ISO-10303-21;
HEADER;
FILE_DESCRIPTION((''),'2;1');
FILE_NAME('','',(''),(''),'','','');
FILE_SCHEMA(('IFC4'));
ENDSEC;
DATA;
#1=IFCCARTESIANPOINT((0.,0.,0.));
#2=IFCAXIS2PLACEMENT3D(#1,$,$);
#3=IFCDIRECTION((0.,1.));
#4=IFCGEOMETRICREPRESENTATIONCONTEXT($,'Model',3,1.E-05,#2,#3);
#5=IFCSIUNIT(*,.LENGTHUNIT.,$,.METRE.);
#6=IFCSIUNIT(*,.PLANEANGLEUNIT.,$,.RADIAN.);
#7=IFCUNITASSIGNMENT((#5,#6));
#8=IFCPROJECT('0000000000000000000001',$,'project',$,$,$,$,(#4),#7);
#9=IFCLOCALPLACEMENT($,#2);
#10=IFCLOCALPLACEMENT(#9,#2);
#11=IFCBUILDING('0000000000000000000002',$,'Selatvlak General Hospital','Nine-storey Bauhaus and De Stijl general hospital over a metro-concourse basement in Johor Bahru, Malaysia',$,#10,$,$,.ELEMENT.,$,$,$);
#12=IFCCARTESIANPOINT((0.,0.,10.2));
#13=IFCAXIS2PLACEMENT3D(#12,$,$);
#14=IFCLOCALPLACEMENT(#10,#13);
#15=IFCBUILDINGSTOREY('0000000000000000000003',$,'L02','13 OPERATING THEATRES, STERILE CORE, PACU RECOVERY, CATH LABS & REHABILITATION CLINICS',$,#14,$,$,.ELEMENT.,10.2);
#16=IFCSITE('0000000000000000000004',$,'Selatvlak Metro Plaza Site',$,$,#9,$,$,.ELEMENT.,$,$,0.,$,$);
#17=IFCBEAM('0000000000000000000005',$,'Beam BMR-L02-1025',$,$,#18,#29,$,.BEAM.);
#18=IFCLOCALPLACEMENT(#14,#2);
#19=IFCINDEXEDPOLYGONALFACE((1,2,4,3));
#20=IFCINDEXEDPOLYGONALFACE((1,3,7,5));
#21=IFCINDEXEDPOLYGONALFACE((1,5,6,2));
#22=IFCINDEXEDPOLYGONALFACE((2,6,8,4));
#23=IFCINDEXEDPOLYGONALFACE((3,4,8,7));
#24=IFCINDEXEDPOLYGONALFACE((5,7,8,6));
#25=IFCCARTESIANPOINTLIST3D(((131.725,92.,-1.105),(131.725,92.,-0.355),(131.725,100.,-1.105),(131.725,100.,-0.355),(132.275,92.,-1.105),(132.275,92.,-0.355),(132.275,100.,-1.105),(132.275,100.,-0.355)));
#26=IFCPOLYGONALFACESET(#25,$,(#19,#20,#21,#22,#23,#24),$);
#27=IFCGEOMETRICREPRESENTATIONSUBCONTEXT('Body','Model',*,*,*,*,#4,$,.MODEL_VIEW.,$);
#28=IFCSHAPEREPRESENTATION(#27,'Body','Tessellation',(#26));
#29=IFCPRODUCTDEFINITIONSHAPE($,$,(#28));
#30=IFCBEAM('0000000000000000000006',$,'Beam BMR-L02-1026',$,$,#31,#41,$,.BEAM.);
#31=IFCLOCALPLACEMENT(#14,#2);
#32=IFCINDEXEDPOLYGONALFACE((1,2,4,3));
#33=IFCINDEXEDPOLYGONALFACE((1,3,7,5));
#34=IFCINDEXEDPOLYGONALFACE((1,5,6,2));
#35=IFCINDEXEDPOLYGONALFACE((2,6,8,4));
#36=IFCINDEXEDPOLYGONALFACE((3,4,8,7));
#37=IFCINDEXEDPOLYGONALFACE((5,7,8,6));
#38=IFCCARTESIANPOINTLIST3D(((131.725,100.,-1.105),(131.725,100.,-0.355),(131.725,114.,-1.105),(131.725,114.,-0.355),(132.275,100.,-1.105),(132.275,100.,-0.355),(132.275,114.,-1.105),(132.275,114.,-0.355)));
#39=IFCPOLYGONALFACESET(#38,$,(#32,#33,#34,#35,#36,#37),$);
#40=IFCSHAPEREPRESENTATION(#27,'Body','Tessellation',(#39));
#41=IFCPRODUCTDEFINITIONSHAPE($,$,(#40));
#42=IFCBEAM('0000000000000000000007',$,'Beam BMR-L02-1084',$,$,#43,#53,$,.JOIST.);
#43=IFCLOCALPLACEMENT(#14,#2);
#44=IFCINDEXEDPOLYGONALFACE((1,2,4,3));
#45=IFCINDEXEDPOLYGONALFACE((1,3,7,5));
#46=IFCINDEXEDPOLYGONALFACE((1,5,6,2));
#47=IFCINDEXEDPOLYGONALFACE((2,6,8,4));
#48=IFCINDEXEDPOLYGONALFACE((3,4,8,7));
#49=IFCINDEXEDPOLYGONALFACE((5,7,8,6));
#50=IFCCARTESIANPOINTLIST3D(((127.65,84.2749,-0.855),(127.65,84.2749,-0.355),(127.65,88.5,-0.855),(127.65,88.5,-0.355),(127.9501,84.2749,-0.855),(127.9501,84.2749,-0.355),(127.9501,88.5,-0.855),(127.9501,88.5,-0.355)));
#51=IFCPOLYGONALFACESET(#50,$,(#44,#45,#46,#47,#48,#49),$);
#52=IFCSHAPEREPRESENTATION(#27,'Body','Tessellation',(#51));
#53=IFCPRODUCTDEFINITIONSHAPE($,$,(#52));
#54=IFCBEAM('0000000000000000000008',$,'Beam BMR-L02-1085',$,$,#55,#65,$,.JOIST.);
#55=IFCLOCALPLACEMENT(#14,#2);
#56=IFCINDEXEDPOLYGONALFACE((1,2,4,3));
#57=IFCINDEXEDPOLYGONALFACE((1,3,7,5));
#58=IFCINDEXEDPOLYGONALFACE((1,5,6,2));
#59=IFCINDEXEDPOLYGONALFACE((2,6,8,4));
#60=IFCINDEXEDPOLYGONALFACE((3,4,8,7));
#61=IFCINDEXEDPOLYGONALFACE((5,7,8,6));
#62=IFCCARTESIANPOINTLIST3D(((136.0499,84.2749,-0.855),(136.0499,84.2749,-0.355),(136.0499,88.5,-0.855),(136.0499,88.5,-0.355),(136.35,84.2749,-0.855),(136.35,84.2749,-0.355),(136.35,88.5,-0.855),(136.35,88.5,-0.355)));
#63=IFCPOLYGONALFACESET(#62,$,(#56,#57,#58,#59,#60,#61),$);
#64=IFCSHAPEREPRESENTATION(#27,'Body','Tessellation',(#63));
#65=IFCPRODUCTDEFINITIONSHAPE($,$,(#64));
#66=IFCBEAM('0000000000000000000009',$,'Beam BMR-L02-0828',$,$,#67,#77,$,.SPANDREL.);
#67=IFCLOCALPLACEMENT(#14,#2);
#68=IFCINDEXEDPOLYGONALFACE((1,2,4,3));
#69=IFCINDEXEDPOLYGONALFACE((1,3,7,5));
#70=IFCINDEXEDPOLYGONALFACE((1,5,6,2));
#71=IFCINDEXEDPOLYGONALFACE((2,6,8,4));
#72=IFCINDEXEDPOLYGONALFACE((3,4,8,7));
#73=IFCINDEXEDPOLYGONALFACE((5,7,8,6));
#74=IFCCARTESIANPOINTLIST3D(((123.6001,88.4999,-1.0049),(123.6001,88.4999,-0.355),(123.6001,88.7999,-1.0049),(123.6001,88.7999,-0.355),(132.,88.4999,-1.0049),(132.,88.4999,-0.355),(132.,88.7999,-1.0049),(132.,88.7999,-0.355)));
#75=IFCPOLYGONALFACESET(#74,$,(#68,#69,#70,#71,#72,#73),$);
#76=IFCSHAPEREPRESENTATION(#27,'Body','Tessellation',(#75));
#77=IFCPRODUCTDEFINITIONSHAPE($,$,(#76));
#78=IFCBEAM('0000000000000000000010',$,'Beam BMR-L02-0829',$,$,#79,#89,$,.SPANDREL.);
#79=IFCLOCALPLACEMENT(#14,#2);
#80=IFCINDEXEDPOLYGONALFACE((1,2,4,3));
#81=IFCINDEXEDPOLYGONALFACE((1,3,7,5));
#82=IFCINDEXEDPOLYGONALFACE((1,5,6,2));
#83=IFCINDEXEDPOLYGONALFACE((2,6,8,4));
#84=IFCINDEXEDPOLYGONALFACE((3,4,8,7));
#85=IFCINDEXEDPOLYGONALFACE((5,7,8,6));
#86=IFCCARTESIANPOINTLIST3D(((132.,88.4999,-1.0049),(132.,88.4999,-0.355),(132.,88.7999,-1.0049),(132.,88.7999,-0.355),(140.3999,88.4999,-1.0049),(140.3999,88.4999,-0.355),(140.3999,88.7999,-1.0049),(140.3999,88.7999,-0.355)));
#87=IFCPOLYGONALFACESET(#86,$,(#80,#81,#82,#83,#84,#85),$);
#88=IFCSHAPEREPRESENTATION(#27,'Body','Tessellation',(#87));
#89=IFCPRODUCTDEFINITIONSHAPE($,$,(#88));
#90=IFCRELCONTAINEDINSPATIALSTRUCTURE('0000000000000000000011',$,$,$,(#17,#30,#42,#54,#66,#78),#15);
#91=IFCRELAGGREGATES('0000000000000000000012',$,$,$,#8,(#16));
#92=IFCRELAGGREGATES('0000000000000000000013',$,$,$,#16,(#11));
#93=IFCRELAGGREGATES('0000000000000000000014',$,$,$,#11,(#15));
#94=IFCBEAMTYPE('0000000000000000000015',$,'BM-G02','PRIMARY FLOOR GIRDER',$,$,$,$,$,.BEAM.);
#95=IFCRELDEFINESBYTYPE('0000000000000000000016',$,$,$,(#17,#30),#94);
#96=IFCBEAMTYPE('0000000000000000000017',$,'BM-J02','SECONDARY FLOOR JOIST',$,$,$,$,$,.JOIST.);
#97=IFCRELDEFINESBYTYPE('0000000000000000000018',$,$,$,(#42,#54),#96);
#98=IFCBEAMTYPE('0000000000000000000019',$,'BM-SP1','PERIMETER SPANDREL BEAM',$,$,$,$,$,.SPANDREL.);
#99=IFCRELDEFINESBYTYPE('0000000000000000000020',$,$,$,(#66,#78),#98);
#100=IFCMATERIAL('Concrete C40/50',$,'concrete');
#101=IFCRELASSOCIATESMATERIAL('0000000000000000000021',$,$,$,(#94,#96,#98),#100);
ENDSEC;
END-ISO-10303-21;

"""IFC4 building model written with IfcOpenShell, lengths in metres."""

from ifc_helpers import new_model, si_unit, direction, frame, origin, origin_2d, place, context, subcontext, project, spatial, rectangle, extrude, material, material_profile, profile_set, type_object, element, save


model = new_model("IFC4")

# Units and contexts
model_context = context("Model", 3, precision=1e-05, world=origin(), true_north=direction((0.0, 1.0)))
body_context = subcontext(model_context, "Body", "Model", "MODEL_VIEW")
ifc_project = project(units=[si_unit("LENGTHUNIT", "METRE"), si_unit("PLANEANGLEUNIT", "RADIAN")], contexts=[model_context])

# Site, building, storey
site_placement = place(None, origin())
site = spatial("IfcSite", under=ifc_project, at=site_placement, Name="Selatvlak Metro Plaza Site", CompositionType="ELEMENT", RefElevation=0.0)
building_placement = place(site_placement, origin())
building = spatial("IfcBuilding", under=site, at=building_placement, Name="Selatvlak General Hospital", Description="Nine-storey Bauhaus and De Stijl general hospital over a metro-concourse basement in Johor Bahru, Malaysia", CompositionType="ELEMENT")
storey_placement = place(building_placement, frame((0.0, 0.0, 10.2)))
storey = spatial("IfcBuildingStorey", under=building, at=storey_placement, Name="L02", Description="13 OPERATING THEATRES, STERILE CORE, PACU RECOVERY, CATH LABS & REHABILITATION CLINICS", CompositionType="ELEMENT", Elevation=10.2)

# Beams
ifc_material_1 = material(Name="Concrete C40/50", Category="concrete")
ifc_material_profile_1 = material_profile(ifc_material_1, rectangle(XDim=0.55, YDim=0.75, at=origin_2d()), Name="RC-BM 550x750")
ifc_profile_set_1 = profile_set([ifc_material_profile_1], Name="Concrete C40/50")
beam_type_1 = type_object("IfcBeamType", Name="BM-G02", Description="PRIMARY FLOOR GIRDER", PredefinedType="BEAM", material=ifc_profile_set_1)
beam_1_placement = place(storey_placement, frame((132.0, 92.0, -0.73), z_axis=(0.0, 1.0, 0.0), x_axis=(-1.0, 0.0, 0.0)))
element("IfcBeam", 1, at=beam_1_placement, inside=storey, type_object=beam_type_1, Name="Beam BMR-L02-1025", PredefinedType="BEAM", context=body_context, shape_type="SweptSolid", body=[
    extrude(rectangle(XDim=0.55, YDim=0.75, at=origin_2d()), origin(), (0.0, 0.0, 1.0), 8.0),
])
beam_2_placement = place(storey_placement, frame((132.0, 100.0, -0.73), z_axis=(0.0, 1.0, 0.0), x_axis=(-1.0, 0.0, 0.0)))
element("IfcBeam", 2, at=beam_2_placement, inside=storey, type_object=beam_type_1, Name="Beam BMR-L02-1026", PredefinedType="BEAM", context=body_context, shape_type="SweptSolid", body=[
    extrude(rectangle(XDim=0.55, YDim=0.75, at=origin_2d()), origin(), (0.0, 0.0, 1.0), 14.0),
])
ifc_material_profile_2 = material_profile(ifc_material_1, rectangle(XDim=0.3, YDim=0.5, at=origin_2d()), Name="RC-BM 300x500")
ifc_profile_set_2 = profile_set([ifc_material_profile_2], Name="Concrete C40/50")
beam_type_2 = type_object("IfcBeamType", Name="BM-J02", Description="SECONDARY FLOOR JOIST", PredefinedType="JOIST", material=ifc_profile_set_2)
for number, where, z_axis, x_axis, name in (
    (3, (127.8, 84.2749, -0.605), (0.0, 1.0, 0.0), (-1.0, 0.0, 0.0), "Beam BMR-L02-1084"),
    (4, (136.2, 84.2749, -0.605), (0.0, 1.0, 0.0), (-1.0, 0.0, 0.0), "Beam BMR-L02-1085"),
):
    element("IfcBeam", number, at=place(storey_placement, frame(where, z_axis=z_axis, x_axis=x_axis)), inside=storey, type_object=beam_type_2, Name=name, PredefinedType="JOIST", context=body_context, shape_type="SweptSolid", body=[
        extrude(rectangle(XDim=0.3, YDim=0.5, at=origin_2d()), origin(), (0.0, 0.0, 1.0), 4.2251),
    ])
ifc_material_profile_3 = material_profile(ifc_material_1, rectangle(XDim=0.3, YDim=0.6499, at=origin_2d()), Name="RC-SP 300x650")
ifc_profile_set_3 = profile_set([ifc_material_profile_3], Name="Concrete C40/50")
beam_type_3 = type_object("IfcBeamType", Name="BM-SP1", Description="PERIMETER SPANDREL BEAM", PredefinedType="SPANDREL", material=ifc_profile_set_3)
for number, where, z_axis, x_axis, name in (
    (5, (123.6001, 88.6499, -0.6799), (1.0, 0.0, 0.0), (0.0, 1.0, 0.0), "Beam BMR-L02-0828"),
    (6, (132.0, 88.6499, -0.6799), (1.0, 0.0, 0.0), (0.0, 1.0, 0.0), "Beam BMR-L02-0829"),
):
    element("IfcBeam", number, at=place(storey_placement, frame(where, z_axis=z_axis, x_axis=x_axis)), inside=storey, type_object=beam_type_3, Name=name, PredefinedType="SPANDREL", context=body_context, shape_type="SweptSolid", body=[
        extrude(rectangle(XDim=0.3, YDim=0.6499, at=origin_2d()), origin(), (0.0, 0.0, 1.0), 8.3999),
    ])

save(model, "model.ifc")
